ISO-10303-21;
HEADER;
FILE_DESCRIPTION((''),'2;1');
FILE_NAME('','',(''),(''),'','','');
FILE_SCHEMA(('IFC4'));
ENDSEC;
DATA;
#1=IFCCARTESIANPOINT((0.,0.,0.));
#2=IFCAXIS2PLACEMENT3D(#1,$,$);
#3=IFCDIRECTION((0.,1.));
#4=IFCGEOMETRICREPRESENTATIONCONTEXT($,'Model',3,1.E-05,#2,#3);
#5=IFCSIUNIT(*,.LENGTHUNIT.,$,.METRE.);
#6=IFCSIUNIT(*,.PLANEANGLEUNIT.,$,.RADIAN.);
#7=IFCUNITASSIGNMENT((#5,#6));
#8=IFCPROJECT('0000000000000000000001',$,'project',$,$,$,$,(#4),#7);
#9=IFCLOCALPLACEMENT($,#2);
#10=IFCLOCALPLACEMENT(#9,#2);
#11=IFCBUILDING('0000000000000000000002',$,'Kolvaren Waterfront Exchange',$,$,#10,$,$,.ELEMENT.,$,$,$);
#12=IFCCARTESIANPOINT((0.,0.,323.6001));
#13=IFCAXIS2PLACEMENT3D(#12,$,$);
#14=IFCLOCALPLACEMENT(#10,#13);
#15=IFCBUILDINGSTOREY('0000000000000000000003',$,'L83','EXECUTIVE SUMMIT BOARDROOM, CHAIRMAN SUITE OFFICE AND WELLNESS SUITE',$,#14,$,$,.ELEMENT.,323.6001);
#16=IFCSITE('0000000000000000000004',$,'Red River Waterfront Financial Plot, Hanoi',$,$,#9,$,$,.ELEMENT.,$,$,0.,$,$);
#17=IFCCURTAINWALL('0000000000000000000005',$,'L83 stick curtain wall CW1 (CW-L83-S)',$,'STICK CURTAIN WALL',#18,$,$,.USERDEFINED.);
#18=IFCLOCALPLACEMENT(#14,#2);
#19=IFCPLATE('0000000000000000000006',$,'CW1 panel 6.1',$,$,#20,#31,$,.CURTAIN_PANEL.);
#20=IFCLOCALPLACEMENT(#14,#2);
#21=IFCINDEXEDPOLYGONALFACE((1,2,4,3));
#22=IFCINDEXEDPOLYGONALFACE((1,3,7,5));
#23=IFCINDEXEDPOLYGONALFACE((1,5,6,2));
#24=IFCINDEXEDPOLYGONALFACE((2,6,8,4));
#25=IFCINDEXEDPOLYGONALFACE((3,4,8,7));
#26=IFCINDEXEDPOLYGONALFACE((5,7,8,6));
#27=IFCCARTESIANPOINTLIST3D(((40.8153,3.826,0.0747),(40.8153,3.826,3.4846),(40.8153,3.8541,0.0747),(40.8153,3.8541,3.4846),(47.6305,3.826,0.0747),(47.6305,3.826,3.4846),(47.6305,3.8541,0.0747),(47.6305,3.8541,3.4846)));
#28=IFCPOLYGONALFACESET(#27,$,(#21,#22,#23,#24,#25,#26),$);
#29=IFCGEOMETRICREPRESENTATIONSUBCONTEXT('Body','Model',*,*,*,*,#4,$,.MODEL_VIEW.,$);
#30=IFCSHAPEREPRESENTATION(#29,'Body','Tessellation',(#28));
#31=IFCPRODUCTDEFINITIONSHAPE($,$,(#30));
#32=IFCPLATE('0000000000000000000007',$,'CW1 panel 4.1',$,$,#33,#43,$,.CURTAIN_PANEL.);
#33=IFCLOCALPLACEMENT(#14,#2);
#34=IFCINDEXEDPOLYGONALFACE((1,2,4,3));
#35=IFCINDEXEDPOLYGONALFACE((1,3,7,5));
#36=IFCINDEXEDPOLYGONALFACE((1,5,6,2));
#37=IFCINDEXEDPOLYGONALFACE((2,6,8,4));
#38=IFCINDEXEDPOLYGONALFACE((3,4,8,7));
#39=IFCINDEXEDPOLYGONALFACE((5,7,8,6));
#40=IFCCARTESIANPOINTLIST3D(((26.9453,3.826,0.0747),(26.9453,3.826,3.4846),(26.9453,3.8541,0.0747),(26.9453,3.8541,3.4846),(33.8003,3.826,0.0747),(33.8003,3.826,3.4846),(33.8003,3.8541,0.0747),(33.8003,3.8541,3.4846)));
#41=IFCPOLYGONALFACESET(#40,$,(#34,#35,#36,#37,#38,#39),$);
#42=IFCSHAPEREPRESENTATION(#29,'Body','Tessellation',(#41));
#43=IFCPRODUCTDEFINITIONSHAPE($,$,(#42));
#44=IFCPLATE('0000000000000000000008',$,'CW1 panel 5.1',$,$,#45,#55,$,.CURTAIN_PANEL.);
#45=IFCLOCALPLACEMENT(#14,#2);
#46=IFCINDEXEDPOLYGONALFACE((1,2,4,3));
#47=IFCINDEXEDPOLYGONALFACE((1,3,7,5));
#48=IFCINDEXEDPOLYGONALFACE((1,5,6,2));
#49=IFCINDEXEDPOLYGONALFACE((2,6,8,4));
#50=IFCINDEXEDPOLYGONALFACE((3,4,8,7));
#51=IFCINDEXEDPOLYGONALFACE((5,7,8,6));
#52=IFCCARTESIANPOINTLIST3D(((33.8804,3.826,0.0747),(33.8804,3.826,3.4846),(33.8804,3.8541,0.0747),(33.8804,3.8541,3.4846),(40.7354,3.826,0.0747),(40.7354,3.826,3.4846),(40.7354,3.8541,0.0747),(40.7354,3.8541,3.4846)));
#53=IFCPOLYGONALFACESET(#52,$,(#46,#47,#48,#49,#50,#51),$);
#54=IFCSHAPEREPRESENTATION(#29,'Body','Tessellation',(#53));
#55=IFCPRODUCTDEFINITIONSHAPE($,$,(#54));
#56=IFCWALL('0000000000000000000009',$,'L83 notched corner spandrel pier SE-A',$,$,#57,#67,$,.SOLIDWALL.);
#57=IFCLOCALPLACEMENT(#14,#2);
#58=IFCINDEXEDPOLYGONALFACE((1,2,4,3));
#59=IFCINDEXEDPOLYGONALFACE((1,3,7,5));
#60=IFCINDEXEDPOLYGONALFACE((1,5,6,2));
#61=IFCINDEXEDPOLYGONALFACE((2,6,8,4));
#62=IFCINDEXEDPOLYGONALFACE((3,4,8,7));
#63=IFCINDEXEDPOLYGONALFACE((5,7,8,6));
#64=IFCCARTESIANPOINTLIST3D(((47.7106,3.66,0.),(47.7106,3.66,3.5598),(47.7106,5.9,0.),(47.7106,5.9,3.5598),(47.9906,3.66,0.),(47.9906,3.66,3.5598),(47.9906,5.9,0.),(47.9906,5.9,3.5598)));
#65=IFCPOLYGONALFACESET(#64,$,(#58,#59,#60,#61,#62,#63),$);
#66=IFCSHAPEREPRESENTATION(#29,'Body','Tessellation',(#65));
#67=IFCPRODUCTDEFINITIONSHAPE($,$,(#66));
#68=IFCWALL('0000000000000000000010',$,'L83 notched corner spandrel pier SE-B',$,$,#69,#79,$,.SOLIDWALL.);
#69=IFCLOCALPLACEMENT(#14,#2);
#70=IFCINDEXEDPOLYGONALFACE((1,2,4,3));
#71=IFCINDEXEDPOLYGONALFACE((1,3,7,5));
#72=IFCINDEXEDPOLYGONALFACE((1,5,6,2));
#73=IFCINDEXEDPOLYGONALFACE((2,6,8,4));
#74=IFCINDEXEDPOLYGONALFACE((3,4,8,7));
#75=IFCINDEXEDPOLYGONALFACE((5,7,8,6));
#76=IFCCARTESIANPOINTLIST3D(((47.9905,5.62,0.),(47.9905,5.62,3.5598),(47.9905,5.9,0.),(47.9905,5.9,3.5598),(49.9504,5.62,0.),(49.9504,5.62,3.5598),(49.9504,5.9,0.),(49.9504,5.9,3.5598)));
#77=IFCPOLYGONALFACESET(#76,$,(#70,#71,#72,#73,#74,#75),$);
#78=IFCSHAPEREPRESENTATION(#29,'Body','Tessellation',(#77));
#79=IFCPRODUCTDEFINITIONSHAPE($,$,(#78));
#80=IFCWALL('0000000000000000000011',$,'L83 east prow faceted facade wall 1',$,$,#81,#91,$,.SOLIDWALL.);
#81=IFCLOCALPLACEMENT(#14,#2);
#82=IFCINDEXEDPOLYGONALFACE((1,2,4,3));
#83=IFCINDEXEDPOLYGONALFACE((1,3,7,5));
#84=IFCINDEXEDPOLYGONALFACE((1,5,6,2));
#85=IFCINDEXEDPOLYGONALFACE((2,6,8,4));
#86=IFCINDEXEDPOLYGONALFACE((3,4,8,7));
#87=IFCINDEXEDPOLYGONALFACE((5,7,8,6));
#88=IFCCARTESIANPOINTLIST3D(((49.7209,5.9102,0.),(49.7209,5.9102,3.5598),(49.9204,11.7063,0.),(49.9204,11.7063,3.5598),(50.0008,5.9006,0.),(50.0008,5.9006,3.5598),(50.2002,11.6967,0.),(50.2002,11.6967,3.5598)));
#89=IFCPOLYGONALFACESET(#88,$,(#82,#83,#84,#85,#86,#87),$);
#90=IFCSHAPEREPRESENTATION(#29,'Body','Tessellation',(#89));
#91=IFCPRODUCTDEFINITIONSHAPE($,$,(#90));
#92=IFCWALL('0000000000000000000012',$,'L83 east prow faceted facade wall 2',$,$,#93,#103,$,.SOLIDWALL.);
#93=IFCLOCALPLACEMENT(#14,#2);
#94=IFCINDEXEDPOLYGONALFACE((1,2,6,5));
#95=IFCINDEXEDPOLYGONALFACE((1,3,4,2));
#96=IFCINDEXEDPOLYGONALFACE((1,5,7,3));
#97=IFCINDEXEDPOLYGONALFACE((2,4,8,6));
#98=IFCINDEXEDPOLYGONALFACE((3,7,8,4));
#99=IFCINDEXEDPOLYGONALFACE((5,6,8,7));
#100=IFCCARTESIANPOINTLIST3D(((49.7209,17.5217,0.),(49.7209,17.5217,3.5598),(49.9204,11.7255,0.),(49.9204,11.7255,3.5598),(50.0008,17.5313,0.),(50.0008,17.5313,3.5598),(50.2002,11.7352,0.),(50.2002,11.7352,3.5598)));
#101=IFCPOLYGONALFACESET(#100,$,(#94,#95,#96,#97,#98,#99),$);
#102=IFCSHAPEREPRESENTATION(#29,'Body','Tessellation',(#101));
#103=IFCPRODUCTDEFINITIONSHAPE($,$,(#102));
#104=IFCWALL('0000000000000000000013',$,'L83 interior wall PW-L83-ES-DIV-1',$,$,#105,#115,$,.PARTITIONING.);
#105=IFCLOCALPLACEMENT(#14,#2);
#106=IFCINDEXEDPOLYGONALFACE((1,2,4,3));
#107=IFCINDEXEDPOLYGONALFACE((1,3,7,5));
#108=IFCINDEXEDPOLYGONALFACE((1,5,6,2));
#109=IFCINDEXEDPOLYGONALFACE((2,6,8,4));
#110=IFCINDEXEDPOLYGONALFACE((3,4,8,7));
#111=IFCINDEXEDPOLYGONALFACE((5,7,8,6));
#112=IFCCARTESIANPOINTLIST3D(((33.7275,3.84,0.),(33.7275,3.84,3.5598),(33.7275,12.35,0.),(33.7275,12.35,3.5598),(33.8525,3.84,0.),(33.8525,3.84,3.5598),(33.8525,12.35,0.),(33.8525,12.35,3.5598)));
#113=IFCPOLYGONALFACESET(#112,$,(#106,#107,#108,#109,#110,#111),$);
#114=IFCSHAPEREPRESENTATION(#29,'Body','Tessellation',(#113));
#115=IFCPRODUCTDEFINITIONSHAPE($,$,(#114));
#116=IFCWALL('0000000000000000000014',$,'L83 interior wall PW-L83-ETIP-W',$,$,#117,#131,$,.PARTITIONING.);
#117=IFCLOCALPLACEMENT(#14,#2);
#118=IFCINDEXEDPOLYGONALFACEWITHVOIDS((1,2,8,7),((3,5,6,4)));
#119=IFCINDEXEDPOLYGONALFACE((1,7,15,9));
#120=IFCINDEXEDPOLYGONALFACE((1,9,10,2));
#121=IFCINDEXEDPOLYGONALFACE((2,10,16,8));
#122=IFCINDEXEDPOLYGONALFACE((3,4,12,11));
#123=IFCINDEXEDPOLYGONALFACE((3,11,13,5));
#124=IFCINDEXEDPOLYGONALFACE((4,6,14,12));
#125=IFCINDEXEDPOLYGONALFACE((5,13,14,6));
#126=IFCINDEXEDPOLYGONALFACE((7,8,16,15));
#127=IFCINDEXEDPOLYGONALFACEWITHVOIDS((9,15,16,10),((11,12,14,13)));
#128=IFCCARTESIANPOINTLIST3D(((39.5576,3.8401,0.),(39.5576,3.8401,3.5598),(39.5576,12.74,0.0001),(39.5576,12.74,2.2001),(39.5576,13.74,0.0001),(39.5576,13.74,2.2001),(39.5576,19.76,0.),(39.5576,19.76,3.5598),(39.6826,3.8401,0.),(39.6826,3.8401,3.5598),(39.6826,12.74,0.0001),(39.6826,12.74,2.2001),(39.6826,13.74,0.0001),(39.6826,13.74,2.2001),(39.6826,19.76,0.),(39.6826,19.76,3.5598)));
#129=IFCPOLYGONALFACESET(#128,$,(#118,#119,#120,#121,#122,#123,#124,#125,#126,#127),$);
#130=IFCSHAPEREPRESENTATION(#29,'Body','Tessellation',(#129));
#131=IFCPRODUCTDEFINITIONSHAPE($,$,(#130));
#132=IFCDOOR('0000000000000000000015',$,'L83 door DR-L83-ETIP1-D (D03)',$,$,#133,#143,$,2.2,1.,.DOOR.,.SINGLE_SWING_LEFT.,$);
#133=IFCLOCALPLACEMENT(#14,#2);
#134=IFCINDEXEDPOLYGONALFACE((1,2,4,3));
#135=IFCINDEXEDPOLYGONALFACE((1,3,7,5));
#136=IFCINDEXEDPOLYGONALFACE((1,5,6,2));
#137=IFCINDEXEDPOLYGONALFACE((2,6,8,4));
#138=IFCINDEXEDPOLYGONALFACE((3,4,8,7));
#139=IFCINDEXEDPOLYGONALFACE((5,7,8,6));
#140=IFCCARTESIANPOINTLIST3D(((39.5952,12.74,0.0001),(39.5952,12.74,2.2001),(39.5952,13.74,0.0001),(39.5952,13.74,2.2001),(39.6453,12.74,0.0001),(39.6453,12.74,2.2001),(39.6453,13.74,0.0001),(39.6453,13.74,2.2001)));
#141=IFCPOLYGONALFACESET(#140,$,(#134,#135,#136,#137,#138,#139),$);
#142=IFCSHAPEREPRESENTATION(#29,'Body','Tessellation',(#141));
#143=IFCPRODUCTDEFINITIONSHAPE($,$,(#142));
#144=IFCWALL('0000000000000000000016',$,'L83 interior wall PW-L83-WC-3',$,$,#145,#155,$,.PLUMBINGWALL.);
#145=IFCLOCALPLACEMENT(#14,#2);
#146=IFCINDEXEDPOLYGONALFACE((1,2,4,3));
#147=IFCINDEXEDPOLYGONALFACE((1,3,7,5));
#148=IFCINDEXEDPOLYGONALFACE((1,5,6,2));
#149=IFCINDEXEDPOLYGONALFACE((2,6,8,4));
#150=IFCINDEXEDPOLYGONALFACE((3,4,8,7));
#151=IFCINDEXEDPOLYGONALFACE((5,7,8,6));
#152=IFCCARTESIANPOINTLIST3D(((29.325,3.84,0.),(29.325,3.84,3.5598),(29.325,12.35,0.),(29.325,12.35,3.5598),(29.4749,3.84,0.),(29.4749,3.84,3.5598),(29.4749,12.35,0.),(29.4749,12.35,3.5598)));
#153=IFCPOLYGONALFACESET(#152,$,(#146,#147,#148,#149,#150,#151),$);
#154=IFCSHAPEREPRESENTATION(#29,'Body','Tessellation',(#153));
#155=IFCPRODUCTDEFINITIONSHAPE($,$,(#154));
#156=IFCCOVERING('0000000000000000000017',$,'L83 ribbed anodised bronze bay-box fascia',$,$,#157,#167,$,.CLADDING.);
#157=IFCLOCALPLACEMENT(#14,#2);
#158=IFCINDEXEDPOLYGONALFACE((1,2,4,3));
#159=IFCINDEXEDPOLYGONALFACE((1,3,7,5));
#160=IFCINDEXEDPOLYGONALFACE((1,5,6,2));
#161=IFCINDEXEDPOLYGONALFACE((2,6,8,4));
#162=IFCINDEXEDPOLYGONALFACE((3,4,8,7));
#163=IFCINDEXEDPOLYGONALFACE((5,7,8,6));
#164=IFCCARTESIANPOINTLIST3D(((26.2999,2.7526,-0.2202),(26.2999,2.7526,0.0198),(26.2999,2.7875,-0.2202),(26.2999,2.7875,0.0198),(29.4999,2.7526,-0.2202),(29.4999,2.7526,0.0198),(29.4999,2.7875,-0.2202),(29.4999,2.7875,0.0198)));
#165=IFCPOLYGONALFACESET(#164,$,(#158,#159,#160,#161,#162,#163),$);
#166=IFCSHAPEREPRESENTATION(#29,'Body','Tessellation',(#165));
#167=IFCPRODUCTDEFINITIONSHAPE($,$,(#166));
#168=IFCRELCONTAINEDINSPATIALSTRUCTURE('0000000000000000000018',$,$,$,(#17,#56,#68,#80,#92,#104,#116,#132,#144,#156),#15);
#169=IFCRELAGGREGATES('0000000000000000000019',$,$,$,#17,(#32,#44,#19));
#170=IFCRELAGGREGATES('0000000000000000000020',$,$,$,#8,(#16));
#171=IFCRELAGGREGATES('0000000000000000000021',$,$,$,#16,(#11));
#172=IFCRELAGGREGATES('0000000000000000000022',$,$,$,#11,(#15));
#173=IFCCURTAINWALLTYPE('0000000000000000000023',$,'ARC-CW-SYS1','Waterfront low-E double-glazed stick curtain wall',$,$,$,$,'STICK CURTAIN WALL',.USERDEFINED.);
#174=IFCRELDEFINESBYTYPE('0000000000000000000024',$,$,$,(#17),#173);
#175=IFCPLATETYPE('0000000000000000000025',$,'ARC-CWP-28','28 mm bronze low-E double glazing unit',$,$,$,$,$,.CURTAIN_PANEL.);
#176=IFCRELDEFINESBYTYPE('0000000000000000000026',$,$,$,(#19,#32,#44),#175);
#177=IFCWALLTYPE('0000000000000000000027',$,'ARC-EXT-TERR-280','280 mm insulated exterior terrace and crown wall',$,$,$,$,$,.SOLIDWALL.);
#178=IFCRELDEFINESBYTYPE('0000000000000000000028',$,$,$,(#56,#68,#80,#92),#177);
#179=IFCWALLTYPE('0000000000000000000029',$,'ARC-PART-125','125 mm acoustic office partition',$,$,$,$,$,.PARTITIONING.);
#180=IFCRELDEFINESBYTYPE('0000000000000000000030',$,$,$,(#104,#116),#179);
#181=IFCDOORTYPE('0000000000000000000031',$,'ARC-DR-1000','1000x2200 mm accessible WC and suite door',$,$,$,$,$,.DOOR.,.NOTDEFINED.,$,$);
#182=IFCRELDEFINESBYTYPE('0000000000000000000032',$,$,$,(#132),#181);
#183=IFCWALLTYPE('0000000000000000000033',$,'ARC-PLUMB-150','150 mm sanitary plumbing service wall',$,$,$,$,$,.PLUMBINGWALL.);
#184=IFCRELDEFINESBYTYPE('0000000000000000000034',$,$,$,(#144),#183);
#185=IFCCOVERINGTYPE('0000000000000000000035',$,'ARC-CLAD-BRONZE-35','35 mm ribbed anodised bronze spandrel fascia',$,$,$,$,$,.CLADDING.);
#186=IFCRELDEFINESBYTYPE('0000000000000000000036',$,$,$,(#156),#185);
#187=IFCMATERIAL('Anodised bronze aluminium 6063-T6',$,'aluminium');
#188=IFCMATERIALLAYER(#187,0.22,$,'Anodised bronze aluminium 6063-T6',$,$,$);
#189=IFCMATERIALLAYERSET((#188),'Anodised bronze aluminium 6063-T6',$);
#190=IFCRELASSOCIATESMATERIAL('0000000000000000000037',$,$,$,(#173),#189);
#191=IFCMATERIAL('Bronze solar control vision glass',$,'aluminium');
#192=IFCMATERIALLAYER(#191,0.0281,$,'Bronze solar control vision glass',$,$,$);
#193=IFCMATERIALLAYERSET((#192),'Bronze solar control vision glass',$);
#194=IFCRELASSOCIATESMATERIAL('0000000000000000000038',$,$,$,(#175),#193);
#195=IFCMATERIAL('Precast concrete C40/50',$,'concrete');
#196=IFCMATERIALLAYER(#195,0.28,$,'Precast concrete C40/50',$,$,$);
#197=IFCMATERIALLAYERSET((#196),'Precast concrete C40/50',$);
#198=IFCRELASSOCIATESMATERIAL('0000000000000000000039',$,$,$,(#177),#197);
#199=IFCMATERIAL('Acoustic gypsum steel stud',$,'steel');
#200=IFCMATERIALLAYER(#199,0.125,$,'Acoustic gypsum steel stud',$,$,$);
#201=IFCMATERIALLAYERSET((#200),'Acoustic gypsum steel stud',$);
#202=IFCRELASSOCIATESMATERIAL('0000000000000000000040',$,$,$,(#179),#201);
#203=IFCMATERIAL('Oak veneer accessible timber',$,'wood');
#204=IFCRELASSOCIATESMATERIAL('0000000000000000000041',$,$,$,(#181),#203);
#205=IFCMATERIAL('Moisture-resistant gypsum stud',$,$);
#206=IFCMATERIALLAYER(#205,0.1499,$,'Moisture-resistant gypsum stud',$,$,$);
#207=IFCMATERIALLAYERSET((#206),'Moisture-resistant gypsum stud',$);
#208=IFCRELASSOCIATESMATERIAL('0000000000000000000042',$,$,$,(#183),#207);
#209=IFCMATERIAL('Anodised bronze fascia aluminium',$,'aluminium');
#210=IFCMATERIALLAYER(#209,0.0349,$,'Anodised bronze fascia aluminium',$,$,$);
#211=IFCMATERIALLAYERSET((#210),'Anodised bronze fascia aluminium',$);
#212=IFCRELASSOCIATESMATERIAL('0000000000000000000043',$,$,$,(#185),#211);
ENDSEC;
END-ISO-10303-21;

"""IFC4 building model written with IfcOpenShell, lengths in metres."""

from ifc_helpers import new_model, si_unit, direction, frame, frame_2d, origin, origin_with_axes, origin_2d, place, context, subcontext, project, spatial, rectangle, extrude, source, transform, mapped, material, layer, layer_set, type_object, element, fill, aggregate, save


model = new_model("IFC4")

# Units and contexts
model_context = context("Model", 3, precision=1e-05, world=origin(), true_north=direction((0.0, 1.0)))
body_context = subcontext(model_context, "Body", "Model", "MODEL_VIEW")
ifc_project = project(units=[si_unit("LENGTHUNIT", "METRE"), si_unit("PLANEANGLEUNIT", "RADIAN")], contexts=[model_context])

# Site, building, storey
site_placement = place(None, origin())
site = spatial("IfcSite", under=ifc_project, at=site_placement, Name="Red River Waterfront Financial Plot, Hanoi", CompositionType="ELEMENT", RefElevation=0.0)
building_placement = place(site_placement, origin())
building = spatial("IfcBuilding", under=site, at=building_placement, Name="Kolvaren Waterfront Exchange", CompositionType="ELEMENT")
storey_placement = place(building_placement, frame((0.0, 0.0, 323.6001)))
storey = spatial("IfcBuildingStorey", under=building, at=storey_placement, Name="L83", Description="EXECUTIVE SUMMIT BOARDROOM, CHAIRMAN SUITE OFFICE AND WELLNESS SUITE", CompositionType="ELEMENT", Elevation=323.6001)

# Shared definitions
ifc_material_1 = material(Name="Anodised bronze aluminium 6063-T6", Category="aluminium")

# Curtain wall
ifc_layer_1 = layer(ifc_material_1, 0.22, Name="Anodised bronze aluminium 6063-T6")
ifc_layer_set_1 = layer_set([ifc_layer_1], Name="Anodised bronze aluminium 6063-T6")
curtain_wall_type_1 = type_object("IfcCurtainWallType", Name="ARC-CW-SYS1", Description="Waterfront low-E double-glazed stick curtain wall", ElementType="STICK CURTAIN WALL", PredefinedType="USERDEFINED", material=ifc_layer_set_1)
curtain_wall_1_placement = place(storey_placement, origin())
curtain_wall_1 = element("IfcCurtainWall", 1, at=curtain_wall_1_placement, inside=storey, type_object=curtain_wall_type_1, Name="L83 stick curtain wall CW1 (CW-L83-S)", ObjectType="STICK CURTAIN WALL", PredefinedType="USERDEFINED")

# Plates
ifc_material_2 = material(Name="Bronze solar control vision glass", Category="aluminium")
ifc_layer_2 = layer(ifc_material_2, 0.0281, Name="Bronze solar control vision glass")
ifc_layer_set_2 = layer_set([ifc_layer_2], Name="Bronze solar control vision glass")
plate_type_1 = type_object("IfcPlateType", Name="ARC-CWP-28", Description="28 mm bronze low-E double glazing unit", PredefinedType="CURTAIN_PANEL", material=ifc_layer_set_2)
shared_shape_1 = source(origin_with_axes(), body_context, "Body", "SweptSolid", [
    extrude(rectangle(XDim=6.8152, YDim=0.0281, at=origin_2d()), origin(), (0.0, 0.0, 1.0), 3.4099),
])
plate_1_placement = place(storey_placement, frame((44.2229, 3.8401, 0.0747), z_axis=(0.0, 0.0, 1.0), x_axis=(1.0, 0.0, 0.0)))
plate_1 = element("IfcPlate", 2, at=plate_1_placement, type_object=plate_type_1, Name="CW1 panel 6.1", PredefinedType="CURTAIN_PANEL", context=body_context, shape_type="MappedRepresentation", body=[
    mapped(shared_shape_1, transform((0.0, 0.0, 0.0), x_axis=(1.0, 0.0, 0.0), y_axis=(0.0, 1.0, 0.0), z_axis=(0.0, 0.0, 1.0), scale=1.0)),
])
shared_shape_2 = source(origin_with_axes(), body_context, "Body", "SweptSolid", [
    extrude(rectangle(XDim=6.855, YDim=0.0281, at=origin_2d()), origin(), (0.0, 0.0, 1.0), 3.4099),
])
plate_2_placement = place(storey_placement, frame((30.3728, 3.8401, 0.0747), z_axis=(0.0, 0.0, 1.0), x_axis=(1.0, 0.0, 0.0)))
plate_2 = element("IfcPlate", 3, at=plate_2_placement, type_object=plate_type_1, Name="CW1 panel 4.1", PredefinedType="CURTAIN_PANEL", context=body_context, shape_type="MappedRepresentation", body=[
    mapped(shared_shape_2, transform((0.0, 0.0, 0.0), x_axis=(1.0, 0.0, 0.0), y_axis=(0.0, 1.0, 0.0), z_axis=(0.0, 0.0, 1.0), scale=1.0)),
])
plate_3_placement = place(storey_placement, frame((37.3079, 3.8401, 0.0747), z_axis=(0.0, 0.0, 1.0), x_axis=(1.0, 0.0, 0.0)))
plate_3 = element("IfcPlate", 4, at=plate_3_placement, type_object=plate_type_1, Name="CW1 panel 5.1", PredefinedType="CURTAIN_PANEL", context=body_context, shape_type="MappedRepresentation", body=[
    mapped(shared_shape_2, transform((0.0, 0.0, 0.0), x_axis=(1.0, 0.0, 0.0), y_axis=(0.0, 1.0, 0.0), z_axis=(0.0, 0.0, 1.0), scale=1.0)),
])
aggregate(curtain_wall_1, [plate_2, plate_3, plate_1])

# Walls
ifc_material_3 = material(Name="Precast concrete C40/50", Category="concrete")
ifc_layer_3 = layer(ifc_material_3, 0.28, Name="Precast concrete C40/50")
ifc_layer_set_3 = layer_set([ifc_layer_3], Name="Precast concrete C40/50")
wall_type_1 = type_object("IfcWallType", Name="ARC-EXT-TERR-280", Description="280 mm insulated exterior terrace and crown wall", PredefinedType="SOLIDWALL", material=ifc_layer_set_3)
wall_1_placement = place(storey_placement, frame((47.8506, 3.6599, 0.0), z_axis=(0.0, 0.0, 1.0), x_axis=(0.0, 1.0, 0.0)))
element("IfcWall", 5, at=wall_1_placement, inside=storey, type_object=wall_type_1, Name="L83 notched corner spandrel pier SE-A", PredefinedType="SOLIDWALL", context=body_context, shape_type="SweptSolid", body=[
    extrude(rectangle(XDim=2.24, YDim=0.28, at=frame_2d((1.1201, 0.0))), origin(), (0.0, 0.0, 1.0), 3.5598),
])
wall_2_placement = place(storey_placement, frame((47.9905, 5.76, 0.0), z_axis=(0.0, 0.0, 1.0), x_axis=(1.0, 0.0, 0.0)))
element("IfcWall", 6, at=wall_2_placement, inside=storey, type_object=wall_type_1, Name="L83 notched corner spandrel pier SE-B", PredefinedType="SOLIDWALL", context=body_context, shape_type="SweptSolid", body=[
    extrude(rectangle(XDim=1.96, YDim=0.28, at=frame_2d((0.98, 0.0))), origin(), (0.0, 0.0, 1.0), 3.5598),
])
for number, where, z_axis, x_axis, name in (
    (7, (49.8608, 5.9053, 0.0), (0.0, 0.0, 1.0), (0.034393, 0.999408, 0.0), "L83 east prow faceted facade wall 1"),
    (8, (50.0603, 11.7302, 0.0), (0.0, 0.0, 1.0), (-0.034393, 0.999408, 0.0), "L83 east prow faceted facade wall 2"),
):
    element("IfcWall", number, at=place(storey_placement, frame(where, z_axis=z_axis, x_axis=x_axis)), inside=storey, type_object=wall_type_1, Name=name, PredefinedType="SOLIDWALL", context=body_context, shape_type="SweptSolid", body=[
        extrude(rectangle(XDim=5.7996, YDim=0.28, at=frame_2d((2.8999, 0.0))), origin(), (0.0, 0.0, 1.0), 3.5598),
    ])
ifc_material_4 = material(Name="Acoustic gypsum steel stud", Category="steel")
ifc_layer_4 = layer(ifc_material_4, 0.125, Name="Acoustic gypsum steel stud")
ifc_layer_set_4 = layer_set([ifc_layer_4], Name="Acoustic gypsum steel stud")
wall_type_2 = type_object("IfcWallType", Name="ARC-PART-125", Description="125 mm acoustic office partition", PredefinedType="PARTITIONING", material=ifc_layer_set_4)
wall_3_placement = place(storey_placement, frame((33.79, 3.8401, 0.0), z_axis=(0.0, 0.0, 1.0), x_axis=(0.0, 1.0, 0.0)))
element("IfcWall", 9, at=wall_3_placement, inside=storey, type_object=wall_type_2, Name="L83 interior wall PW-L83-ES-DIV-1", PredefinedType="PARTITIONING", context=body_context, shape_type="SweptSolid", body=[
    extrude(rectangle(XDim=8.51, YDim=0.125, at=frame_2d((4.2549, 0.0))), origin(), (0.0, 0.0, 1.0), 3.5598),
])

# Wall, opening, door
wall_4_placement = place(storey_placement, frame((39.6201, 3.8401, 0.0), z_axis=(0.0, 0.0, 1.0), x_axis=(0.0, 1.0, 0.0)))
wall_4 = element("IfcWall", 10, at=wall_4_placement, inside=storey, type_object=wall_type_2, Name="L83 interior wall PW-L83-ETIP-W", PredefinedType="PARTITIONING", context=body_context, shape_type="SweptSolid", body=[
    extrude(rectangle(XDim=15.9199, YDim=0.125, at=frame_2d((7.96, 0.0))), origin(), (0.0, 0.0, 1.0), 3.5598),
])
opening_placement = place(wall_4_placement, frame((8.8999, 0.0, 0.0)))
opening = element("IfcOpeningElement", 11, at=opening_placement, cuts=wall_4, PredefinedType="OPENING", context=body_context, shape_type="SweptSolid", body=[
    extrude(rectangle(XDim=1.0, YDim=2.2, at=frame_2d((0.5, 1.1001))), frame((0.0, 0.0725, 0.0), z_axis=(0.0, -1.0, 0.0), x_axis=(1.0, 0.0, 0.0)), (0.0, 0.0, 1.0), 0.145),
])
ifc_material_5 = material(Name="Oak veneer accessible timber", Category="wood")
door_type = type_object("IfcDoorType", Name="ARC-DR-1000", Description="1000x2200 mm accessible WC and suite door", OperationType="NOTDEFINED", PredefinedType="DOOR", material=ifc_material_5)
door_placement = place(opening_placement, origin())
door = element("IfcDoor", 12, at=door_placement, inside=storey, type_object=door_type, Name="L83 door DR-L83-ETIP1-D (D03)", OperationType="SINGLE_SWING_LEFT", OverallHeight=2.2, OverallWidth=1.0, PredefinedType="DOOR", context=body_context, shape_type="SweptSolid", body=[
    extrude(rectangle(XDim=1.0, YDim=2.2, at=frame_2d((0.5, 1.1001))), frame((0.0, 0.0249, 0.0), z_axis=(0.0, -1.0, 0.0), x_axis=(1.0, 0.0, 0.0)), (0.0, 0.0, 1.0), 0.05),
])
fill(opening, door)

# Wall
ifc_material_6 = material(Name="Moisture-resistant gypsum stud")
ifc_layer_5 = layer(ifc_material_6, 0.1499, Name="Moisture-resistant gypsum stud")
ifc_layer_set_5 = layer_set([ifc_layer_5], Name="Moisture-resistant gypsum stud")
wall_type_3 = type_object("IfcWallType", Name="ARC-PLUMB-150", Description="150 mm sanitary plumbing service wall", PredefinedType="PLUMBINGWALL", material=ifc_layer_set_5)
wall_5_placement = place(storey_placement, frame((29.3999, 3.8401, 0.0), z_axis=(0.0, 0.0, 1.0), x_axis=(0.0, 1.0, 0.0)))
element("IfcWall", 13, at=wall_5_placement, inside=storey, type_object=wall_type_3, Name="L83 interior wall PW-L83-WC-3", PredefinedType="PLUMBINGWALL", context=body_context, shape_type="SweptSolid", body=[
    extrude(rectangle(XDim=8.51, YDim=0.1499, at=frame_2d((4.2549, 0.0))), origin(), (0.0, 0.0, 1.0), 3.5598),
])

# Covering
ifc_material_7 = material(Name="Anodised bronze fascia aluminium", Category="aluminium")
ifc_layer_6 = layer(ifc_material_7, 0.0349, Name="Anodised bronze fascia aluminium")
ifc_layer_set_6 = layer_set([ifc_layer_6], Name="Anodised bronze fascia aluminium")
covering_type = type_object("IfcCoveringType", Name="ARC-CLAD-BRONZE-35", Description="35 mm ribbed anodised bronze spandrel fascia", PredefinedType="CLADDING", material=ifc_layer_set_6)
covering_placement = place(storey_placement, frame((27.8999, 2.77, -0.2202), z_axis=(0.0, 0.0, 1.0), x_axis=(1.0, 0.0, 0.0)))
element("IfcCovering", 14, at=covering_placement, inside=storey, type_object=covering_type, Name="L83 ribbed anodised bronze bay-box fascia", PredefinedType="CLADDING", context=body_context, shape_type="SweptSolid", body=[
    extrude(rectangle(XDim=3.2, YDim=0.0349, at=origin_2d()), origin(), (0.0, 0.0, 1.0), 0.24),
])

save(model, "model.ifc")
